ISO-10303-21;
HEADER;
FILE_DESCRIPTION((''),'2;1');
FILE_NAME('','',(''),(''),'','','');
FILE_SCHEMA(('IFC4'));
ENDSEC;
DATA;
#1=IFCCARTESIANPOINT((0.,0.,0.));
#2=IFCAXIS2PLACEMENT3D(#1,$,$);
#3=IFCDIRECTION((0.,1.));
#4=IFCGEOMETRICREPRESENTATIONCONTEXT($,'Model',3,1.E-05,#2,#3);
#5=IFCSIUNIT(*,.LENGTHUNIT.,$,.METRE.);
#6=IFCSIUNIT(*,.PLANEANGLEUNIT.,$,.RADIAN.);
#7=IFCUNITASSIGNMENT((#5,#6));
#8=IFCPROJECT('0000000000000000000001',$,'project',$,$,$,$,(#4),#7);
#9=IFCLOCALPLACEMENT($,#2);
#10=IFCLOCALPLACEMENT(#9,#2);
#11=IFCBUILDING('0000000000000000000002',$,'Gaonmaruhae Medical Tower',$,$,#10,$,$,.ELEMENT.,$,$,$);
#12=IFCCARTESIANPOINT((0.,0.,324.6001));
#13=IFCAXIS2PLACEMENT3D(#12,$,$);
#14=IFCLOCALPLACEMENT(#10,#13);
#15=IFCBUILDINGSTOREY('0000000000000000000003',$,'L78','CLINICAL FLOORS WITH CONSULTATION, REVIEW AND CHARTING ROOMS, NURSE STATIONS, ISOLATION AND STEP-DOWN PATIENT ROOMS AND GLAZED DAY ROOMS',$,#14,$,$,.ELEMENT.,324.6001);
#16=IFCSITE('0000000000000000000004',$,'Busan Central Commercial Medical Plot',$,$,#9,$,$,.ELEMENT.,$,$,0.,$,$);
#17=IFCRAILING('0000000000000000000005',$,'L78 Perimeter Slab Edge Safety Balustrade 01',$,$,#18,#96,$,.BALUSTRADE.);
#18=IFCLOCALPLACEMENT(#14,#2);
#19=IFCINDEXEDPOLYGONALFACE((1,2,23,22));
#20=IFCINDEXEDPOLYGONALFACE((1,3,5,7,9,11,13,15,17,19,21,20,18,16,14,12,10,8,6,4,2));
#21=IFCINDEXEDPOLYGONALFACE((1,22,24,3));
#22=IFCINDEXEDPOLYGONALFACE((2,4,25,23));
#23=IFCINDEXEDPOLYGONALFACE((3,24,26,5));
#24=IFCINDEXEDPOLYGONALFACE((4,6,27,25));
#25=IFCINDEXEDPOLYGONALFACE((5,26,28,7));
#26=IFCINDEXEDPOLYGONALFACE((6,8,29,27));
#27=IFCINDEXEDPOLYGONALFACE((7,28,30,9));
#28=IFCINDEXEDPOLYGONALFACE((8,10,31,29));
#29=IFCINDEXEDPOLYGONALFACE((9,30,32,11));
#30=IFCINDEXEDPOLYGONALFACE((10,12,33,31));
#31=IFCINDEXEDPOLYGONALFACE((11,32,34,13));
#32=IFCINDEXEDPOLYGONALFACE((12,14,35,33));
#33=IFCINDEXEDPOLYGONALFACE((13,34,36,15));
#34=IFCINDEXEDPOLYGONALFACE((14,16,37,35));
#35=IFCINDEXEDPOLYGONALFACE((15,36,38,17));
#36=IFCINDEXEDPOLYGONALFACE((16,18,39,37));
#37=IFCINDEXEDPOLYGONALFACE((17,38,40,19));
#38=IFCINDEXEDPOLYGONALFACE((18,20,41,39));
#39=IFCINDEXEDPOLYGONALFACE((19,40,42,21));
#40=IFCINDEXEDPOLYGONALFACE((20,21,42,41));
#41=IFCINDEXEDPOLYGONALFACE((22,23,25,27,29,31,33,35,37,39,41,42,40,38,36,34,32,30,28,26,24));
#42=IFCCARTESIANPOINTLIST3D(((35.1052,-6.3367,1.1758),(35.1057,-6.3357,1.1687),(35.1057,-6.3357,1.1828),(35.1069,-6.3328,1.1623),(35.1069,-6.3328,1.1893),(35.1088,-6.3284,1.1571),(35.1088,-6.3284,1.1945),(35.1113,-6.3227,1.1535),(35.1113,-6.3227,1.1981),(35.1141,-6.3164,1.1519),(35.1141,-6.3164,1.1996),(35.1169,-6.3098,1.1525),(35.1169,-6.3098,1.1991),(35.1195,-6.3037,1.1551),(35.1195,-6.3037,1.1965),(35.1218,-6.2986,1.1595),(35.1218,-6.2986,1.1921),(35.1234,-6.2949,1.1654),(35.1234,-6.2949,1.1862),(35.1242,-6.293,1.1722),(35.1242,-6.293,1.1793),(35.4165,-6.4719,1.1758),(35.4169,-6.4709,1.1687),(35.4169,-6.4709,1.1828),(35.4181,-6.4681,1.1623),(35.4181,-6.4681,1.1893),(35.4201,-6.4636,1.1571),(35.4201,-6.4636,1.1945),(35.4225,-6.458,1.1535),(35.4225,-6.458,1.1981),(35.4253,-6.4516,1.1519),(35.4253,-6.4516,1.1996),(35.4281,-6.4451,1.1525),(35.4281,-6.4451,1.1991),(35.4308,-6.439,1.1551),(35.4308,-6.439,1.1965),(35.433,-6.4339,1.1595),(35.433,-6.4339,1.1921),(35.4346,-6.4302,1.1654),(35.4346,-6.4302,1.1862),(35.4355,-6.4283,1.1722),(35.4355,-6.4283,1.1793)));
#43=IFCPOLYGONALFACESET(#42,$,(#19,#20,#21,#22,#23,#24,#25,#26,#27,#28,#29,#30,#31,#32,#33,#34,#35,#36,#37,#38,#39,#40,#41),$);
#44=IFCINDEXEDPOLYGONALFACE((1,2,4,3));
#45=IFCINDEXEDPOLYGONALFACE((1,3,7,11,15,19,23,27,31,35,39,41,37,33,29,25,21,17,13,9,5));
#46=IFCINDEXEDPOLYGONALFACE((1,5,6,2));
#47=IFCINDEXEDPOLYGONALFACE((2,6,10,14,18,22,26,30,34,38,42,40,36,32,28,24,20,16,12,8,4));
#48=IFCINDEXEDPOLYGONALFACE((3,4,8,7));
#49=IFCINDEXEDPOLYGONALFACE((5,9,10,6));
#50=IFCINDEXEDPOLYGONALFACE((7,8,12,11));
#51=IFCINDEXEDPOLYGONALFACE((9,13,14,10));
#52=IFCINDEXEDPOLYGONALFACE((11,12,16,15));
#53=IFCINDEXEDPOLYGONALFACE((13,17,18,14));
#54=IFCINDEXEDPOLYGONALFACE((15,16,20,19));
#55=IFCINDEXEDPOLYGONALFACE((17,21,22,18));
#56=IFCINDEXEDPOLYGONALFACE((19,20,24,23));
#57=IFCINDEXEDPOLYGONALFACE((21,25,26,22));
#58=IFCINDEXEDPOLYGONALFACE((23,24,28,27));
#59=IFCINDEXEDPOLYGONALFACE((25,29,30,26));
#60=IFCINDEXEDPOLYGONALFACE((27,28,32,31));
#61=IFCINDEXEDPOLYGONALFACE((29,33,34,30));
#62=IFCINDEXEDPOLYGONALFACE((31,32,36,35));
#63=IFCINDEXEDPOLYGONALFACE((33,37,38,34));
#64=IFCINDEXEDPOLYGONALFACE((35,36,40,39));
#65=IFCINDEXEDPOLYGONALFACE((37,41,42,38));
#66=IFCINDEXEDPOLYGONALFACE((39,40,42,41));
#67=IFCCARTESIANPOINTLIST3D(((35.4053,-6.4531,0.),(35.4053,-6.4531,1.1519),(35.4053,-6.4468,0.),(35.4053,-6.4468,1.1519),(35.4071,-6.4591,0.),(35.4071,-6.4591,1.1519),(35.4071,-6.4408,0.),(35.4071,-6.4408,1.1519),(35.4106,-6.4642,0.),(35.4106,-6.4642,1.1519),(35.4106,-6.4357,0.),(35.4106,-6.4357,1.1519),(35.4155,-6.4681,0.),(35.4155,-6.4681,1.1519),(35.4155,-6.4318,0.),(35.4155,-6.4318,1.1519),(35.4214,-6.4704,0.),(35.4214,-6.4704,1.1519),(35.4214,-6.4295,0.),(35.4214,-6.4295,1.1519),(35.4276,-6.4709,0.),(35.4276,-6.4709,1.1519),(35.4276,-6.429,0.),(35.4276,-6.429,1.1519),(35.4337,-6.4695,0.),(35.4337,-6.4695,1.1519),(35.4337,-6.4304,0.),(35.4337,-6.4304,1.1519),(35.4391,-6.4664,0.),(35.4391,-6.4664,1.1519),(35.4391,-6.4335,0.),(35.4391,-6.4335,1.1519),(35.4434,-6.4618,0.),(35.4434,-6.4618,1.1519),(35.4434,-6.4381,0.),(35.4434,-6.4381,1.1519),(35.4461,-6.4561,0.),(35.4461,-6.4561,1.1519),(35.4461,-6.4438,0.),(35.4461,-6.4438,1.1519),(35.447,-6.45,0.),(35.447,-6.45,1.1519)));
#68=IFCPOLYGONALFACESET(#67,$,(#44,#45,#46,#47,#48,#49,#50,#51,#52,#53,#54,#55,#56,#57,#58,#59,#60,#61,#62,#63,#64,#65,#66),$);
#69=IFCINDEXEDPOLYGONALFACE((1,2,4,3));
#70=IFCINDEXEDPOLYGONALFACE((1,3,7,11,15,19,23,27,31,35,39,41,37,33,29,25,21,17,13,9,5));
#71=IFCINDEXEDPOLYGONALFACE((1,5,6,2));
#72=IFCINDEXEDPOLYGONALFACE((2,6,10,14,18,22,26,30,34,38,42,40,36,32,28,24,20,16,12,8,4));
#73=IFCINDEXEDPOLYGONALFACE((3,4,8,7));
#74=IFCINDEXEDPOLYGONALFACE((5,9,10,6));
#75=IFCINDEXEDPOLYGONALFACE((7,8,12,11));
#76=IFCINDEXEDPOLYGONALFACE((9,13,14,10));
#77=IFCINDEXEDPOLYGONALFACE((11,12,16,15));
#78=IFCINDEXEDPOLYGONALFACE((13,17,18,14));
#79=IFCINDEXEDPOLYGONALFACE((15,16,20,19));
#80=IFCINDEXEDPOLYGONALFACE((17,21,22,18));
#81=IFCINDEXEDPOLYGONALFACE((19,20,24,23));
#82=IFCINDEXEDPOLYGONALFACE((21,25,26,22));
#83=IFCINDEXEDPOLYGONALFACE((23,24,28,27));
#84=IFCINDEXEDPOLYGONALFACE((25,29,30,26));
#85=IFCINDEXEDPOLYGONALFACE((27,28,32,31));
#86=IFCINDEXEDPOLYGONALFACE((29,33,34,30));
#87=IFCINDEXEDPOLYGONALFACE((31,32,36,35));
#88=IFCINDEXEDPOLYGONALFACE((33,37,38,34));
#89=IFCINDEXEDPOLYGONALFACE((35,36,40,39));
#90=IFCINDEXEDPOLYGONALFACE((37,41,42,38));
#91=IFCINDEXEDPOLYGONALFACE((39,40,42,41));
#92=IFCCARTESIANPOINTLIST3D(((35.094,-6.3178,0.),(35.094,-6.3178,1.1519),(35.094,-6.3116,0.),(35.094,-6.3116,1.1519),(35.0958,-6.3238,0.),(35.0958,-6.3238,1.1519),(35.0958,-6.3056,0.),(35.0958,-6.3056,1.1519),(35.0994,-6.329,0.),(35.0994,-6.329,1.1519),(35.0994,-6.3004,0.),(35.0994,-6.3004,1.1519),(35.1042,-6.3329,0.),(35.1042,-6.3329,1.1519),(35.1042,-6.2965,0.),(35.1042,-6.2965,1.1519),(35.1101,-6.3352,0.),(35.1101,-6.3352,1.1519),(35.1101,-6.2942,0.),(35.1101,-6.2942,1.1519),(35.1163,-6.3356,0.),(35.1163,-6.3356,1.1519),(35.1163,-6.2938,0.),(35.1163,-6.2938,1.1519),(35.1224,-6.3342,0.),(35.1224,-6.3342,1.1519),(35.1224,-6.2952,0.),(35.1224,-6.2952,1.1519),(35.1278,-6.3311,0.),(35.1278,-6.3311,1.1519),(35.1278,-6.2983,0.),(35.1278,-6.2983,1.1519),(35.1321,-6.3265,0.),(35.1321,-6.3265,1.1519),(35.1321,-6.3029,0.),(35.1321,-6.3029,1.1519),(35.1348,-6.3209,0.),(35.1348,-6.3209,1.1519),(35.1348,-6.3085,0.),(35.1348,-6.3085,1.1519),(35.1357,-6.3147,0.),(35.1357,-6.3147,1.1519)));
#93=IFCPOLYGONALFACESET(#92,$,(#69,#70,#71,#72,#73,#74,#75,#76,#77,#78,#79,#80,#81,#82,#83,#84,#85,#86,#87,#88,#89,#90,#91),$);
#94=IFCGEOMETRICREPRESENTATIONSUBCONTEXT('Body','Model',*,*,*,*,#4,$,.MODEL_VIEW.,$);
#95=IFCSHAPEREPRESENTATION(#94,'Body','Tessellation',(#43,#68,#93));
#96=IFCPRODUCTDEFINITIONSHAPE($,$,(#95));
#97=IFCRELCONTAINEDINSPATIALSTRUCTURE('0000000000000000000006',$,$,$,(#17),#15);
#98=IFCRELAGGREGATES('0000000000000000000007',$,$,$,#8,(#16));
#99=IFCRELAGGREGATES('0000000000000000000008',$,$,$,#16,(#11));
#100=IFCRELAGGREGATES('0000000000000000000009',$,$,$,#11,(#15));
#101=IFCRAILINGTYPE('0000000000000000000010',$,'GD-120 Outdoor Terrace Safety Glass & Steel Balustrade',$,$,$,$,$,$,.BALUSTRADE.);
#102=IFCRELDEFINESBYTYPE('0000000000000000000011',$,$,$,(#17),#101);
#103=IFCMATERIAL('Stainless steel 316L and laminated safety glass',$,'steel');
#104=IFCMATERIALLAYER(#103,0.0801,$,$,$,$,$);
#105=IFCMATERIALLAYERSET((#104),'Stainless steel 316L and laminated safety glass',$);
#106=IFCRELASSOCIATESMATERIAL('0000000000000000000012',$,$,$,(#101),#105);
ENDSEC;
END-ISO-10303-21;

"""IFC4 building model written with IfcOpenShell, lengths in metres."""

from ifc_helpers import new_model, si_unit, direction, frame, origin, origin_2d, place, context, subcontext, project, spatial, circle, extrude, material, layer, layer_set, type_object, element, save


model = new_model("IFC4")

# Units and contexts
model_context = context("Model", 3, precision=1e-05, world=origin(), true_north=direction((0.0, 1.0)))
body_context = subcontext(model_context, "Body", "Model", "MODEL_VIEW")
ifc_project = project(units=[si_unit("LENGTHUNIT", "METRE"), si_unit("PLANEANGLEUNIT", "RADIAN")], contexts=[model_context])

# Site, building, storey
site_placement = place(None, origin())
site = spatial("IfcSite", under=ifc_project, at=site_placement, Name="Busan Central Commercial Medical Plot", CompositionType="ELEMENT", RefElevation=0.0)
building_placement = place(site_placement, origin())
building = spatial("IfcBuilding", under=site, at=building_placement, Name="Gaonmaruhae Medical Tower", CompositionType="ELEMENT")
storey_placement = place(building_placement, frame((0.0, 0.0, 324.6001)))
storey = spatial("IfcBuildingStorey", under=building, at=storey_placement, Name="L78", Description="CLINICAL FLOORS WITH CONSULTATION, REVIEW AND CHARTING ROOMS, NURSE STATIONS, ISOLATION AND STEP-DOWN PATIENT ROOMS AND GLAZED DAY ROOMS", CompositionType="ELEMENT", Elevation=324.6001)

# Railing
ifc_material_1 = material(Name="Stainless steel 316L and laminated safety glass", Category="steel")
ifc_layer_1 = layer(ifc_material_1, 0.0801)
ifc_layer_set_1 = layer_set([ifc_layer_1], Name="Stainless steel 316L and laminated safety glass")
railing_type = type_object("IfcRailingType", Name="GD-120 Outdoor Terrace Safety Glass & Steel Balustrade", PredefinedType="BALUSTRADE", material=ifc_layer_set_1)
railing_placement = place(storey_placement, frame((35.426, -6.45, 0.0)))
element("IfcRailing", 1, at=railing_placement, inside=storey, type_object=railing_type, Name="L78 Perimeter Slab Edge Safety Balustrade 01", PredefinedType="BALUSTRADE", context=body_context, shape_type="SweptSolid", body=[
    extrude(circle(Radius=0.0239, at=origin_2d()), frame((0.0, 0.0, 1.1758), z_axis=(-0.917162, 0.398516, 0.0), x_axis=(-0.398516, -0.917162, 0.0)), (0.0, 0.0, 1.0), 0.3394),
    extrude(circle(Radius=0.021, at=origin_2d()), origin(), (0.0, 0.0, 1.0), 1.1519),
    extrude(circle(Radius=0.021, at=origin_2d()), frame((-0.3113, 0.1353, 0.0)), (0.0, 0.0, 1.0), 1.1519),
])

save(model, "model.ifc")
